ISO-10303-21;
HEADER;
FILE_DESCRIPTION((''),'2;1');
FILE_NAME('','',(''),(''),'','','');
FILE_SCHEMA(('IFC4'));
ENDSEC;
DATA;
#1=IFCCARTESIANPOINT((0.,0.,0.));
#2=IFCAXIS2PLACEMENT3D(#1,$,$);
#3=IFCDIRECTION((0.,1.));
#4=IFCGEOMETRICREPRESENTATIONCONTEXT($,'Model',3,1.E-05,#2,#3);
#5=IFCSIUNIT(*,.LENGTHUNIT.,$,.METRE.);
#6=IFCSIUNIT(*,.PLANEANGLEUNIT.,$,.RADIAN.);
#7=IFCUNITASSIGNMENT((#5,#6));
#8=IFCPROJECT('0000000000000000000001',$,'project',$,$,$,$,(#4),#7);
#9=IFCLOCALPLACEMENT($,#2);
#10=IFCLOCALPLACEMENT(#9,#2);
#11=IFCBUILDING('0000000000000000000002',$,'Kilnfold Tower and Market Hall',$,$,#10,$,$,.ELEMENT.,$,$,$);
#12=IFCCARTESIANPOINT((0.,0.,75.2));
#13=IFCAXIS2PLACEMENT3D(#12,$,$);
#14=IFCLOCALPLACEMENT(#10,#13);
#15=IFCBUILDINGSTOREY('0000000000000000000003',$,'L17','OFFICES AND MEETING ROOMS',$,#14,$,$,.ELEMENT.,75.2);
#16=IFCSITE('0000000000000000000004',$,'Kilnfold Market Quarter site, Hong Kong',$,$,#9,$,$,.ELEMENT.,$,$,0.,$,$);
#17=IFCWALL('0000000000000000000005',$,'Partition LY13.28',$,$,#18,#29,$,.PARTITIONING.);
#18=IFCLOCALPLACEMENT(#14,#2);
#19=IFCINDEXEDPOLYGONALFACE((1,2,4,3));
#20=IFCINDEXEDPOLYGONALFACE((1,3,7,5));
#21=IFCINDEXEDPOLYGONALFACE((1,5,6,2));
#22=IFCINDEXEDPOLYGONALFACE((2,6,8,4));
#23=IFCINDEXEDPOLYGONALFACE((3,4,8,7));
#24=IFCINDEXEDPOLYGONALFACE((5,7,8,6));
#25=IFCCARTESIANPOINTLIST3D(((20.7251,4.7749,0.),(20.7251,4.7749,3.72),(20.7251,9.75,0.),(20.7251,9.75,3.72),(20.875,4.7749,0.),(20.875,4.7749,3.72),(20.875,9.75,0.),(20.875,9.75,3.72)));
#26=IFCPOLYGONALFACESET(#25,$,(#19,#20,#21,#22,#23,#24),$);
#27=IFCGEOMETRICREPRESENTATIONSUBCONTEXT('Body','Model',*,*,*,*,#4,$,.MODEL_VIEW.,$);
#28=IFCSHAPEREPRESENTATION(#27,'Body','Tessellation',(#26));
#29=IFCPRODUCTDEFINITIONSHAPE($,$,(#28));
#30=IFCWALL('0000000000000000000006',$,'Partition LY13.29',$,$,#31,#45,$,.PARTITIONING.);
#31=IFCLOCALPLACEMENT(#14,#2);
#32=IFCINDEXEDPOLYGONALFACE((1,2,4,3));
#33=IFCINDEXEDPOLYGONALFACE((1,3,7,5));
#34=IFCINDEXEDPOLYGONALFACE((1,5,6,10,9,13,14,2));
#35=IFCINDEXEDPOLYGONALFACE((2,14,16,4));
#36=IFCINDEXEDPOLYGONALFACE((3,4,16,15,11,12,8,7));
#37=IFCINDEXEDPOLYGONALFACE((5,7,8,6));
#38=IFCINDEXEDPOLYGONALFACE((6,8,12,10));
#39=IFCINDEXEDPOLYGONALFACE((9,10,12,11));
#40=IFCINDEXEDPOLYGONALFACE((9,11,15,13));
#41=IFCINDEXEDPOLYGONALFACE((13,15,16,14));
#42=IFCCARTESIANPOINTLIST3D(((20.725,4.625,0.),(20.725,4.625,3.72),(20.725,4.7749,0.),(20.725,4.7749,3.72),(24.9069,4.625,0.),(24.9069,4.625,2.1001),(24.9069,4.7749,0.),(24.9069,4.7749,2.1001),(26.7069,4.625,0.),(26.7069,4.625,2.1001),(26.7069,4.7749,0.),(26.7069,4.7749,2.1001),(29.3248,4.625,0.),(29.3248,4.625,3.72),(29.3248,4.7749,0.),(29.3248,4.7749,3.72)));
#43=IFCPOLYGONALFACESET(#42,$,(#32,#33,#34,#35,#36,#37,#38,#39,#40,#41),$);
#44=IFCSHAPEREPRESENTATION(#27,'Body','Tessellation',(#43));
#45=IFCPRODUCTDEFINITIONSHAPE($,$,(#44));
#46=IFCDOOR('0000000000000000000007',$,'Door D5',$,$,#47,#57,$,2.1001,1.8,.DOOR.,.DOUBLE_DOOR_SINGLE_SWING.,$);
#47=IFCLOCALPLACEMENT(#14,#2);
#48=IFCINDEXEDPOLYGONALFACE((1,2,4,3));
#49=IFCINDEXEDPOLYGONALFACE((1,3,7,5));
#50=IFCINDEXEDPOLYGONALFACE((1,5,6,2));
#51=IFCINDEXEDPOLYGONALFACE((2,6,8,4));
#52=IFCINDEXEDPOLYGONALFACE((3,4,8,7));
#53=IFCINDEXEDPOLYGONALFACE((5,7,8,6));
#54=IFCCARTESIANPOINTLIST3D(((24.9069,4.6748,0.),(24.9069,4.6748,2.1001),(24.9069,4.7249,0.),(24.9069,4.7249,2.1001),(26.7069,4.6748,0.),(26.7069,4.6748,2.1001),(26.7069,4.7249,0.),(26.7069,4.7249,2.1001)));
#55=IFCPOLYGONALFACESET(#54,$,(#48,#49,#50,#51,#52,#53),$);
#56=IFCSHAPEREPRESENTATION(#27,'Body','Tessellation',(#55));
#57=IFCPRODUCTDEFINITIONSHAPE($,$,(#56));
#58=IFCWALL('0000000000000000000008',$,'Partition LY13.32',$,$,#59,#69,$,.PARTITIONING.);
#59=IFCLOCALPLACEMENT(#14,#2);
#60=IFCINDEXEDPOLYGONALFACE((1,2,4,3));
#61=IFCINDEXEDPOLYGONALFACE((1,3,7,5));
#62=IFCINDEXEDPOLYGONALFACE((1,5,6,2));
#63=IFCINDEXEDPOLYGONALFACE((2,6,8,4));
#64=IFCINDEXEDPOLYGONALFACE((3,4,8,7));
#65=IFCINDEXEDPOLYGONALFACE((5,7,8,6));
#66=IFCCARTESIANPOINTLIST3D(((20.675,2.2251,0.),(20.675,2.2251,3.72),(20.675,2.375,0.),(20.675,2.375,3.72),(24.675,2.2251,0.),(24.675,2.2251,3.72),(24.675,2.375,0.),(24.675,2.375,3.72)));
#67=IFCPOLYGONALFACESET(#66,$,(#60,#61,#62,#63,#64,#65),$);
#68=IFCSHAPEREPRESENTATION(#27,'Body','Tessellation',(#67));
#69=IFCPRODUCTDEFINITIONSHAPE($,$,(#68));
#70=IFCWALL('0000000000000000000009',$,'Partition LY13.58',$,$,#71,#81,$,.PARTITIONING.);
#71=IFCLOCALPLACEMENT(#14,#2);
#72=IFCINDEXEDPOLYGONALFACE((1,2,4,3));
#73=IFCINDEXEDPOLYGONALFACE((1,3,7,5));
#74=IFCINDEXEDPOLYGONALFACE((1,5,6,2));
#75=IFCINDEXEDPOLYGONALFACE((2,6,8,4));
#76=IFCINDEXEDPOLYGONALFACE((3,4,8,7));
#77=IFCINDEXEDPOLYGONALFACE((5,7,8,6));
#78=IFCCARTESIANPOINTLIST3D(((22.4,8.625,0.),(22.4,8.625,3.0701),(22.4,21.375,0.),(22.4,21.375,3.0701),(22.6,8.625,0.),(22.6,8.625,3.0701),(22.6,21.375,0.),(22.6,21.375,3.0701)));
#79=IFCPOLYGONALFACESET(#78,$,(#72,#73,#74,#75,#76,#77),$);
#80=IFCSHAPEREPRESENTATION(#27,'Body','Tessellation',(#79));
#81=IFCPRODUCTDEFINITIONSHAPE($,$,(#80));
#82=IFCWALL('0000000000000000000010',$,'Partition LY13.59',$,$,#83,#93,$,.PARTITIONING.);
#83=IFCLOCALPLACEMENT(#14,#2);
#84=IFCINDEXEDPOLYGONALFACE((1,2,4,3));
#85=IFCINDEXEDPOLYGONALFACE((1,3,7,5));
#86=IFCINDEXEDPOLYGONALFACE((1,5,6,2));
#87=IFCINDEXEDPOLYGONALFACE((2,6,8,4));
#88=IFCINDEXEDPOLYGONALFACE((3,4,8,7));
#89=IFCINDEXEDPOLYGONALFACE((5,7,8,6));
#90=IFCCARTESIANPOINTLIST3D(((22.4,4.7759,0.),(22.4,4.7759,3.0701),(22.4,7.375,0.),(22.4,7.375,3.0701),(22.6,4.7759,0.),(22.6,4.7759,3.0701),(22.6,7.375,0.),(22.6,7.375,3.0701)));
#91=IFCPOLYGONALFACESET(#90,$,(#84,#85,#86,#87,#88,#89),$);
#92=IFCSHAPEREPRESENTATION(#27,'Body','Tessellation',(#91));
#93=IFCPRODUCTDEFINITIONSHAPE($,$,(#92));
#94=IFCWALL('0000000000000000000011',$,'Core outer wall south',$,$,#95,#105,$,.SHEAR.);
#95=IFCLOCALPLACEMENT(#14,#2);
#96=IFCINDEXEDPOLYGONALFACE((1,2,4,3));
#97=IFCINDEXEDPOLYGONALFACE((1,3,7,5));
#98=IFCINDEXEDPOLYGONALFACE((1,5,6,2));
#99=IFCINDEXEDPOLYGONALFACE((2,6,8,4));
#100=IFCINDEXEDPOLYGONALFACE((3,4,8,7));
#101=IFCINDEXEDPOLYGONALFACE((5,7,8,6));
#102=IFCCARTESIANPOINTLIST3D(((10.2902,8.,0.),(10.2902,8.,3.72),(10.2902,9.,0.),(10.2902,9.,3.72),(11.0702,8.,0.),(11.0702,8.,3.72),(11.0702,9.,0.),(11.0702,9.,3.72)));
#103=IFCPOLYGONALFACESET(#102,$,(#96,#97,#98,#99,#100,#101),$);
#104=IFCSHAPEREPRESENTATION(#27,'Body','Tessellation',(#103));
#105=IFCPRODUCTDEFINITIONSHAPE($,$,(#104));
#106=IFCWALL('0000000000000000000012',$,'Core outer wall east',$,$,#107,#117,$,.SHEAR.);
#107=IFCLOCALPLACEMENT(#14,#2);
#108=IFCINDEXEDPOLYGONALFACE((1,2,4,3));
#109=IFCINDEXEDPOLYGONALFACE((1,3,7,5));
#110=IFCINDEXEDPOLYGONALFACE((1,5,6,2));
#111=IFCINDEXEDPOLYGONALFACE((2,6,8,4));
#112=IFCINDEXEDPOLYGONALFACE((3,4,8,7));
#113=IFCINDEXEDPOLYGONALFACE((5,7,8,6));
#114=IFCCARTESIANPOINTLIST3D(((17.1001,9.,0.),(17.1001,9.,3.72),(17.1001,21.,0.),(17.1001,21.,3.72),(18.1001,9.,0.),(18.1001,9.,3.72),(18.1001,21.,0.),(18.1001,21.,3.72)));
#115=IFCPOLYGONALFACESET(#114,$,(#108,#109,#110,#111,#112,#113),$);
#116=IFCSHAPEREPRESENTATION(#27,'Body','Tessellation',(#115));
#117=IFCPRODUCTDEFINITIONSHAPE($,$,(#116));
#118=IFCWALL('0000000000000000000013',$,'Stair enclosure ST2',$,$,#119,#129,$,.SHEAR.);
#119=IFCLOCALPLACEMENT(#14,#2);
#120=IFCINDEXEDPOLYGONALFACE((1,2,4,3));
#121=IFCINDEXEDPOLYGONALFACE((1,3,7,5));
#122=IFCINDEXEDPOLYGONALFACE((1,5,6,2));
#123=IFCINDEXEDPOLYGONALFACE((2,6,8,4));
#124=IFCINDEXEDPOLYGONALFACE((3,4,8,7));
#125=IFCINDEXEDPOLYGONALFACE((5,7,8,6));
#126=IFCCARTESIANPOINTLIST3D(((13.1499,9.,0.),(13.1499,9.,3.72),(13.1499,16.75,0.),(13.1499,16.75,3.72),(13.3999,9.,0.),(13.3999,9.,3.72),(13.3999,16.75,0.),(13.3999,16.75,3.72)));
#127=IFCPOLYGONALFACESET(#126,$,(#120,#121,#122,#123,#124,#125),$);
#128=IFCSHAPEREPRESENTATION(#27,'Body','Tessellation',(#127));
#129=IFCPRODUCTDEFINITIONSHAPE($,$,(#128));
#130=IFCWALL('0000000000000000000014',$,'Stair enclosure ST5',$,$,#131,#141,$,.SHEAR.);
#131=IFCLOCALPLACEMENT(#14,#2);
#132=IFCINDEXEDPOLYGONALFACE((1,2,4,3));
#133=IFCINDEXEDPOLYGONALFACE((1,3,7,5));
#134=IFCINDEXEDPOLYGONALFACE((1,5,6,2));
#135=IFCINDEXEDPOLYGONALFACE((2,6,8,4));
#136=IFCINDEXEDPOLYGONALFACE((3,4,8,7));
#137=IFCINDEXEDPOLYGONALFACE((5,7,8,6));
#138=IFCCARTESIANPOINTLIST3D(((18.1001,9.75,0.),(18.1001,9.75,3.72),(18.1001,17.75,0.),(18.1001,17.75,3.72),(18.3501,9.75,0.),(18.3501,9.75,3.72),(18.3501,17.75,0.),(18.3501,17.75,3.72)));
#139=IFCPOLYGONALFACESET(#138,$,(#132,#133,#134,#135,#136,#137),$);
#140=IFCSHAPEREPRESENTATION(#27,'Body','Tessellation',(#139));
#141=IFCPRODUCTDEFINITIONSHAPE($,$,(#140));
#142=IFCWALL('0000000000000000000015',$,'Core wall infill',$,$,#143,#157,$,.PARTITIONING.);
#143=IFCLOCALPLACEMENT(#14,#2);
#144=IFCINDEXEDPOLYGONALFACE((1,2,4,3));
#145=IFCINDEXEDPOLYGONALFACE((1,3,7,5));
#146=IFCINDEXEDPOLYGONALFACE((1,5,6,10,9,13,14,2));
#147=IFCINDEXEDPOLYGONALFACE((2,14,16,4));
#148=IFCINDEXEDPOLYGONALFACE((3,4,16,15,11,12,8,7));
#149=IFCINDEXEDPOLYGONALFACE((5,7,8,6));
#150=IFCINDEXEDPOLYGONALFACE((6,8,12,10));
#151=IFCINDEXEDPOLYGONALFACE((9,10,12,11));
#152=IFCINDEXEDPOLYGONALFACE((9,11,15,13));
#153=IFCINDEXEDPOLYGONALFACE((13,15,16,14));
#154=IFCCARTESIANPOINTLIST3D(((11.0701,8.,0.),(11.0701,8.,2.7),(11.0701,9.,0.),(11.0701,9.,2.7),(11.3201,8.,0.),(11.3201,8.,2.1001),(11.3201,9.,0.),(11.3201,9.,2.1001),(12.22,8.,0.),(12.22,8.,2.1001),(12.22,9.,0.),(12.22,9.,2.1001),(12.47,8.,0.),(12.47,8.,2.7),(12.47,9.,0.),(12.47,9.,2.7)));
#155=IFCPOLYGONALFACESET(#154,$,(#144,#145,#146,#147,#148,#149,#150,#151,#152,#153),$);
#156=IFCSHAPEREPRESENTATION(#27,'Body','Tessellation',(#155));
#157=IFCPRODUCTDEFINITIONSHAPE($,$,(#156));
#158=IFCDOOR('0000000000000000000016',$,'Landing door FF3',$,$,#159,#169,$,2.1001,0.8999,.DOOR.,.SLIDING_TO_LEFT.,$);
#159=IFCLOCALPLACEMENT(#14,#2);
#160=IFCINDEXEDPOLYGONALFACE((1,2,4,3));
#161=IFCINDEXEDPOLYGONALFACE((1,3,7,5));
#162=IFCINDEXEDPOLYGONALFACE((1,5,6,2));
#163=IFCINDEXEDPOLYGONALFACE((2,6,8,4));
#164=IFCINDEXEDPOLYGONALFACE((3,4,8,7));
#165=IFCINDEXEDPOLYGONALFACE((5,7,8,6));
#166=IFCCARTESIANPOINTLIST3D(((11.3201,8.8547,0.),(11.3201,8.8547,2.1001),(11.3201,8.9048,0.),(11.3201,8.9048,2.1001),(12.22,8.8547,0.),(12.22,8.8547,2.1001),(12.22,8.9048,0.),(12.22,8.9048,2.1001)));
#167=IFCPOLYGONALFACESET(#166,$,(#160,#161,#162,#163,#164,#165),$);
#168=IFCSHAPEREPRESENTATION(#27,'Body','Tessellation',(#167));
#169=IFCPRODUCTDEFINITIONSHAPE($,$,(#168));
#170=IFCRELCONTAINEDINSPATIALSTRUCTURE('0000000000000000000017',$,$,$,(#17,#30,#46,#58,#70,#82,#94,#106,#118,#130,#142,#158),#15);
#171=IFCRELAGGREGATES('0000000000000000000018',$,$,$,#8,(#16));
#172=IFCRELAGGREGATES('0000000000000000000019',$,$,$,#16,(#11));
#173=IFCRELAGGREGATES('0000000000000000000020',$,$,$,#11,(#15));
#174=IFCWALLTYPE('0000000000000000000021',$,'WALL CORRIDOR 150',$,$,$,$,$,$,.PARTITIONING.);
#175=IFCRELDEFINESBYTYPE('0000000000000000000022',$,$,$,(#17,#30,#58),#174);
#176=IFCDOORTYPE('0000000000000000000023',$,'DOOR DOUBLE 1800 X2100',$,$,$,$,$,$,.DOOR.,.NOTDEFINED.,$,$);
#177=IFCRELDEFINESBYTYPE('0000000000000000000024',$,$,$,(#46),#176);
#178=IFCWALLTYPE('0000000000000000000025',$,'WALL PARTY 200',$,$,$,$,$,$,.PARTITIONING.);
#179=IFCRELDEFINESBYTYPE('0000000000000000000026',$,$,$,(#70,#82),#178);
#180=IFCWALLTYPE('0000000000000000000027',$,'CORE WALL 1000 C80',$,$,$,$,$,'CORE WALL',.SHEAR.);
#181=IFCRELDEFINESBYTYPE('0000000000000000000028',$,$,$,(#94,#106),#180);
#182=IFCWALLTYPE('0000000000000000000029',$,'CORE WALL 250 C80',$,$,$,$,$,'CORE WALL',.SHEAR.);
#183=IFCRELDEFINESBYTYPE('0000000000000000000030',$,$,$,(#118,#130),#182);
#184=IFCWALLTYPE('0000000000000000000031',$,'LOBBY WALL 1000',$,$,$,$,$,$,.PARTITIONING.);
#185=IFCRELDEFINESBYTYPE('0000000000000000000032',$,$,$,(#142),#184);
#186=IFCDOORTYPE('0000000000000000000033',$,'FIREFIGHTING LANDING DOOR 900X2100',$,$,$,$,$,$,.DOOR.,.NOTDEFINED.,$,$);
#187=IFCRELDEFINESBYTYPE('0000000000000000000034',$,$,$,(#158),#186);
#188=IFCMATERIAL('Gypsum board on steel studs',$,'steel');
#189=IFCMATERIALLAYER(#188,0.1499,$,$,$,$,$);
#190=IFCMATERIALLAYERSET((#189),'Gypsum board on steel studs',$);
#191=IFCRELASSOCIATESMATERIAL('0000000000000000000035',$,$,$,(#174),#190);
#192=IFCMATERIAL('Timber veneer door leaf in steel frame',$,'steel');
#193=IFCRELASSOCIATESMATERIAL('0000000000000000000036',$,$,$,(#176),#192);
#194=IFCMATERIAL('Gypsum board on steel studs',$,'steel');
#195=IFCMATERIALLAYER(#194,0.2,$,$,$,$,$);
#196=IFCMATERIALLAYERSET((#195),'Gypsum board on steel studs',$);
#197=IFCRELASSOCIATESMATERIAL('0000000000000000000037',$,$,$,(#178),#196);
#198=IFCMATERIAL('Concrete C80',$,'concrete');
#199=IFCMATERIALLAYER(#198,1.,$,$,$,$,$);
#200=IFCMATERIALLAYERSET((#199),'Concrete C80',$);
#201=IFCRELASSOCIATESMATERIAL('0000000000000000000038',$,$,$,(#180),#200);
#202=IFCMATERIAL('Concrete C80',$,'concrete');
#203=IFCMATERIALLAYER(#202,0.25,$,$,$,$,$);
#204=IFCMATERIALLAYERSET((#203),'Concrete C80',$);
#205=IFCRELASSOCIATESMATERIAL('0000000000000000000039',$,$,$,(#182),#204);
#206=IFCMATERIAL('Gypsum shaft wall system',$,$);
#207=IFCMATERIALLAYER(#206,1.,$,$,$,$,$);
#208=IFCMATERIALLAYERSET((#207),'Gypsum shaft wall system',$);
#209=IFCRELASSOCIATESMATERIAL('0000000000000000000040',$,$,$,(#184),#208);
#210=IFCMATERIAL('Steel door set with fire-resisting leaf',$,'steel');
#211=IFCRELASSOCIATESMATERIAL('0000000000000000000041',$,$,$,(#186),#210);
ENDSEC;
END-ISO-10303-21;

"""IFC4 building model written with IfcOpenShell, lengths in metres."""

from ifc_helpers import new_model, si_unit, direction, frame, frame_2d, origin, place, context, subcontext, project, spatial, rectangle, extrude, source, transform, mapped, material, layer, layer_set, type_object, element, fill, save


model = new_model("IFC4")

# Units and contexts
model_context = context("Model", 3, precision=1e-05, world=origin(), true_north=direction((0.0, 1.0)))
body_context = subcontext(model_context, "Body", "Model", "MODEL_VIEW")
ifc_project = project(units=[si_unit("LENGTHUNIT", "METRE"), si_unit("PLANEANGLEUNIT", "RADIAN")], contexts=[model_context])

# Site, building, storey
site_placement = place(None, origin())
site = spatial("IfcSite", under=ifc_project, at=site_placement, Name="Kilnfold Market Quarter site, Hong Kong", CompositionType="ELEMENT", RefElevation=0.0)
building_placement = place(site_placement, origin())
building = spatial("IfcBuilding", under=site, at=building_placement, Name="Kilnfold Tower and Market Hall", CompositionType="ELEMENT")
storey_placement = place(building_placement, frame((0.0, 0.0, 75.2)))
storey = spatial("IfcBuildingStorey", under=building, at=storey_placement, Name="L17", Description="OFFICES AND MEETING ROOMS", CompositionType="ELEMENT", Elevation=75.2)

# Shared definitions
ifc_material_1 = material(Name="Gypsum board on steel studs", Category="steel")
ifc_layer_1 = layer(ifc_material_1, 0.1499)
ifc_layer_set_1 = layer_set([ifc_layer_1], Name="Gypsum board on steel studs")
wall_type_1 = type_object("IfcWallType", Name="WALL CORRIDOR 150", PredefinedType="PARTITIONING", material=ifc_layer_set_1)

# Wall
wall_1_placement = place(storey_placement, frame((20.8, 4.7749, 0.0), z_axis=(0.0, 0.0, 1.0), x_axis=(0.0, 1.0, 0.0)))
element("IfcWall", 1, at=wall_1_placement, inside=storey, type_object=wall_type_1, Name="Partition LY13.28", PredefinedType="PARTITIONING", context=body_context, shape_type="SweptSolid", body=[
    extrude(rectangle(XDim=4.9751, YDim=0.1499, at=frame_2d((2.4875, 0.0))), origin(), (0.0, 0.0, 1.0), 3.72),
])

# Wall, opening, door
wall_2_placement = place(storey_placement, frame((20.7251, 4.7, 0.0), z_axis=(0.0, 0.0, 1.0), x_axis=(1.0, 0.0, 0.0)))
wall_2 = element("IfcWall", 2, at=wall_2_placement, inside=storey, type_object=wall_type_1, Name="Partition LY13.29", PredefinedType="PARTITIONING", context=body_context, shape_type="SweptSolid", body=[
    extrude(rectangle(XDim=8.5999, YDim=0.1499, at=frame_2d((4.2998, 0.0))), origin(), (0.0, 0.0, 1.0), 3.72),
])
opening_1_placement = place(wall_2_placement, frame((4.1819, 0.0, 0.0)))
opening_1 = element("IfcOpeningElement", 3, at=opening_1_placement, cuts=wall_2, PredefinedType="OPENING", context=body_context, shape_type="SweptSolid", body=[
    extrude(rectangle(XDim=1.8, YDim=2.1001, at=frame_2d((0.8999, 1.05))), frame((0.0, 0.085, 0.0), z_axis=(0.0, -1.0, 0.0), x_axis=(1.0, 0.0, 0.0)), (0.0, 0.0, 1.0), 0.1699),
])
ifc_material_2 = material(Name="Timber veneer door leaf in steel frame", Category="steel")
door_type_1 = type_object("IfcDoorType", Name="DOOR DOUBLE 1800 X2100", OperationType="NOTDEFINED", PredefinedType="DOOR", material=ifc_material_2)
door_1_placement = place(opening_1_placement, origin())
door_1 = element("IfcDoor", 4, at=door_1_placement, inside=storey, type_object=door_type_1, Name="Door D5", OperationType="DOUBLE_DOOR_SINGLE_SWING", OverallHeight=2.1001, OverallWidth=1.8, PredefinedType="DOOR", context=body_context, shape_type="SweptSolid", body=[
    extrude(rectangle(XDim=1.8, YDim=2.1001, at=frame_2d((0.8999, 1.05))), frame((0.0, 0.0249, 0.0), z_axis=(0.0, -1.0, 0.0), x_axis=(1.0, 0.0, 0.0)), (0.0, 0.0, 1.0), 0.05),
])
fill(opening_1, door_1)

# Walls
wall_3_placement = place(storey_placement, frame((20.675, 2.3, 0.0), z_axis=(0.0, 0.0, 1.0), x_axis=(1.0, 0.0, 0.0)))
element("IfcWall", 5, at=wall_3_placement, inside=storey, type_object=wall_type_1, Name="Partition LY13.32", PredefinedType="PARTITIONING", context=body_context, shape_type="SweptSolid", body=[
    extrude(rectangle(XDim=4.0, YDim=0.1499, at=frame_2d((2.0, 0.0))), origin(), (0.0, 0.0, 1.0), 3.72),
])
ifc_material_3 = material(Name="Gypsum board on steel studs", Category="steel")
ifc_layer_2 = layer(ifc_material_3, 0.2)
ifc_layer_set_2 = layer_set([ifc_layer_2], Name="Gypsum board on steel studs")
wall_type_2 = type_object("IfcWallType", Name="WALL PARTY 200", PredefinedType="PARTITIONING", material=ifc_layer_set_2)
wall_4_placement = place(storey_placement, frame((22.5, 8.625, 0.0), z_axis=(0.0, 0.0, 1.0), x_axis=(0.0, 1.0, 0.0)))
element("IfcWall", 6, at=wall_4_placement, inside=storey, type_object=wall_type_2, Name="Partition LY13.58", PredefinedType="PARTITIONING", context=body_context, shape_type="SweptSolid", body=[
    extrude(rectangle(XDim=12.75, YDim=0.2, at=frame_2d((6.375, 0.0))), origin(), (0.0, 0.0, 1.0), 3.0701),
])
wall_5_placement = place(storey_placement, frame((22.5, 4.7759, 0.0), z_axis=(0.0, 0.0, 1.0), x_axis=(0.0, 1.0, 0.0)))
element("IfcWall", 7, at=wall_5_placement, inside=storey, type_object=wall_type_2, Name="Partition LY13.59", PredefinedType="PARTITIONING", context=body_context, shape_type="SweptSolid", body=[
    extrude(rectangle(XDim=2.5991, YDim=0.2, at=frame_2d((1.2996, 0.0))), origin(), (0.0, 0.0, 1.0), 3.0701),
])
ifc_material_4 = material(Name="Concrete C80", Category="concrete")
ifc_layer_3 = layer(ifc_material_4, 1.0)
ifc_layer_set_3 = layer_set([ifc_layer_3], Name="Concrete C80")
wall_type_3 = type_object("IfcWallType", Name="CORE WALL 1000 C80", ElementType="CORE WALL", PredefinedType="SHEAR", material=ifc_layer_set_3)
shared_shape_1 = source(origin(), body_context, "Body", "SweptSolid", [
    extrude(rectangle(XDim=0.78, YDim=1.0, at=frame_2d((0.3901, 0.0))), origin(), (0.0, 0.0, 1.0), 3.72),
])
wall_6_placement = place(storey_placement, frame((10.29, 8.5, 0.0), z_axis=(0.0, 0.0, 1.0), x_axis=(1.0, 0.0, 0.0)))
element("IfcWall", 8, at=wall_6_placement, inside=storey, type_object=wall_type_3, Name="Core outer wall south", PredefinedType="SHEAR", context=body_context, shape_type="MappedRepresentation", body=[
    mapped(shared_shape_1, transform((0.0, 0.0, 0.0))),
])

# Walls
shared_shape_2 = source(origin(), body_context, "Body", "SweptSolid", [
    extrude(rectangle(XDim=12.0, YDim=1.0, at=frame_2d((6.0, 0.0))), origin(), (0.0, 0.0, 1.0), 3.72),
])
wall_7_placement = place(storey_placement, frame((17.6001, 9.0, 0.0), z_axis=(0.0, 0.0, 1.0), x_axis=(0.0, 1.0, 0.0)))
element("IfcWall", 9, at=wall_7_placement, inside=storey, type_object=wall_type_3, Name="Core outer wall east", PredefinedType="SHEAR", context=body_context, shape_type="MappedRepresentation", body=[
    mapped(shared_shape_2, transform((0.0, 0.0, 0.0))),
])
ifc_material_5 = material(Name="Concrete C80", Category="concrete")
ifc_layer_4 = layer(ifc_material_5, 0.25)
ifc_layer_set_4 = layer_set([ifc_layer_4], Name="Concrete C80")
wall_type_4 = type_object("IfcWallType", Name="CORE WALL 250 C80", ElementType="CORE WALL", PredefinedType="SHEAR", material=ifc_layer_set_4)
shared_shape_3 = source(origin(), body_context, "Body", "SweptSolid", [
    extrude(rectangle(XDim=7.75, YDim=0.25, at=frame_2d((3.875, 0.0))), origin(), (0.0, 0.0, 1.0), 3.72),
])
wall_8_placement = place(storey_placement, frame((13.2749, 9.0, 0.0), z_axis=(0.0, 0.0, 1.0), x_axis=(0.0, 1.0, 0.0)))
element("IfcWall", 10, at=wall_8_placement, inside=storey, type_object=wall_type_4, Name="Stair enclosure ST2", PredefinedType="SHEAR", context=body_context, shape_type="MappedRepresentation", body=[
    mapped(shared_shape_3, transform((0.0, 0.0, 0.0))),
])
shared_shape_4 = source(origin(), body_context, "Body", "SweptSolid", [
    extrude(rectangle(XDim=8.0, YDim=0.25, at=frame_2d((4.0, 0.0))), origin(), (0.0, 0.0, 1.0), 3.72),
])
wall_9_placement = place(storey_placement, frame((18.2251, 9.75, 0.0), z_axis=(0.0, 0.0, 1.0), x_axis=(0.0, 1.0, 0.0)))
element("IfcWall", 11, at=wall_9_placement, inside=storey, type_object=wall_type_4, Name="Stair enclosure ST5", PredefinedType="SHEAR", context=body_context, shape_type="MappedRepresentation", body=[
    mapped(shared_shape_4, transform((0.0, 0.0, 0.0))),
])

# Wall, opening, door
ifc_material_6 = material(Name="Gypsum shaft wall system")
ifc_layer_5 = layer(ifc_material_6, 1.0)
ifc_layer_set_5 = layer_set([ifc_layer_5], Name="Gypsum shaft wall system")
wall_type_5 = type_object("IfcWallType", Name="LOBBY WALL 1000", PredefinedType="PARTITIONING", material=ifc_layer_set_5)
shared_shape_5 = source(origin(), body_context, "Body", "SweptSolid", [
    extrude(rectangle(XDim=1.3999, YDim=1.0, at=frame_2d((0.7, 0.0))), origin(), (0.0, 0.0, 1.0), 2.7),
])
wall_10_placement = place(storey_placement, frame((11.0701, 8.5, 0.0), z_axis=(0.0, 0.0, 1.0), x_axis=(1.0, 0.0, 0.0)))
wall_10 = element("IfcWall", 12, at=wall_10_placement, inside=storey, type_object=wall_type_5, Name="Core wall infill", PredefinedType="PARTITIONING", context=body_context, shape_type="MappedRepresentation", body=[
    mapped(shared_shape_5, transform((0.0, 0.0, 0.0))),
])
opening_2_placement = place(wall_10_placement, frame((0.25, 0.0, 0.0)))
opening_2 = element("IfcOpeningElement", 13, at=opening_2_placement, cuts=wall_10, PredefinedType="OPENING", context=body_context, shape_type="SweptSolid", body=[
    extrude(rectangle(XDim=0.8999, YDim=2.1001, at=frame_2d((0.45, 1.05))), frame((0.0, 0.51, 0.0), z_axis=(0.0, -1.0, 0.0), x_axis=(1.0, 0.0, 0.0)), (0.0, 0.0, 1.0), 1.02),
])
ifc_material_7 = material(Name="Steel door set with fire-resisting leaf", Category="steel")
door_type_2 = type_object("IfcDoorType", Name="FIREFIGHTING LANDING DOOR 900X2100", OperationType="NOTDEFINED", PredefinedType="DOOR", material=ifc_material_7)
door_2_placement = place(opening_2_placement, origin())
door_2 = element("IfcDoor", 14, at=door_2_placement, inside=storey, type_object=door_type_2, Name="Landing door FF3", OperationType="SLIDING_TO_LEFT", OverallHeight=2.1001, OverallWidth=0.8999, PredefinedType="DOOR", context=body_context, shape_type="SweptSolid", body=[
    extrude(rectangle(XDim=0.8999, YDim=2.1001, at=frame_2d((0.45, 1.05))), frame((0.0, 0.4048, 0.0), z_axis=(0.0, -1.0, 0.0), x_axis=(1.0, 0.0, 0.0)), (0.0, 0.0, 1.0), 0.05),
])
fill(opening_2, door_2)

save(model, "model.ifc")
